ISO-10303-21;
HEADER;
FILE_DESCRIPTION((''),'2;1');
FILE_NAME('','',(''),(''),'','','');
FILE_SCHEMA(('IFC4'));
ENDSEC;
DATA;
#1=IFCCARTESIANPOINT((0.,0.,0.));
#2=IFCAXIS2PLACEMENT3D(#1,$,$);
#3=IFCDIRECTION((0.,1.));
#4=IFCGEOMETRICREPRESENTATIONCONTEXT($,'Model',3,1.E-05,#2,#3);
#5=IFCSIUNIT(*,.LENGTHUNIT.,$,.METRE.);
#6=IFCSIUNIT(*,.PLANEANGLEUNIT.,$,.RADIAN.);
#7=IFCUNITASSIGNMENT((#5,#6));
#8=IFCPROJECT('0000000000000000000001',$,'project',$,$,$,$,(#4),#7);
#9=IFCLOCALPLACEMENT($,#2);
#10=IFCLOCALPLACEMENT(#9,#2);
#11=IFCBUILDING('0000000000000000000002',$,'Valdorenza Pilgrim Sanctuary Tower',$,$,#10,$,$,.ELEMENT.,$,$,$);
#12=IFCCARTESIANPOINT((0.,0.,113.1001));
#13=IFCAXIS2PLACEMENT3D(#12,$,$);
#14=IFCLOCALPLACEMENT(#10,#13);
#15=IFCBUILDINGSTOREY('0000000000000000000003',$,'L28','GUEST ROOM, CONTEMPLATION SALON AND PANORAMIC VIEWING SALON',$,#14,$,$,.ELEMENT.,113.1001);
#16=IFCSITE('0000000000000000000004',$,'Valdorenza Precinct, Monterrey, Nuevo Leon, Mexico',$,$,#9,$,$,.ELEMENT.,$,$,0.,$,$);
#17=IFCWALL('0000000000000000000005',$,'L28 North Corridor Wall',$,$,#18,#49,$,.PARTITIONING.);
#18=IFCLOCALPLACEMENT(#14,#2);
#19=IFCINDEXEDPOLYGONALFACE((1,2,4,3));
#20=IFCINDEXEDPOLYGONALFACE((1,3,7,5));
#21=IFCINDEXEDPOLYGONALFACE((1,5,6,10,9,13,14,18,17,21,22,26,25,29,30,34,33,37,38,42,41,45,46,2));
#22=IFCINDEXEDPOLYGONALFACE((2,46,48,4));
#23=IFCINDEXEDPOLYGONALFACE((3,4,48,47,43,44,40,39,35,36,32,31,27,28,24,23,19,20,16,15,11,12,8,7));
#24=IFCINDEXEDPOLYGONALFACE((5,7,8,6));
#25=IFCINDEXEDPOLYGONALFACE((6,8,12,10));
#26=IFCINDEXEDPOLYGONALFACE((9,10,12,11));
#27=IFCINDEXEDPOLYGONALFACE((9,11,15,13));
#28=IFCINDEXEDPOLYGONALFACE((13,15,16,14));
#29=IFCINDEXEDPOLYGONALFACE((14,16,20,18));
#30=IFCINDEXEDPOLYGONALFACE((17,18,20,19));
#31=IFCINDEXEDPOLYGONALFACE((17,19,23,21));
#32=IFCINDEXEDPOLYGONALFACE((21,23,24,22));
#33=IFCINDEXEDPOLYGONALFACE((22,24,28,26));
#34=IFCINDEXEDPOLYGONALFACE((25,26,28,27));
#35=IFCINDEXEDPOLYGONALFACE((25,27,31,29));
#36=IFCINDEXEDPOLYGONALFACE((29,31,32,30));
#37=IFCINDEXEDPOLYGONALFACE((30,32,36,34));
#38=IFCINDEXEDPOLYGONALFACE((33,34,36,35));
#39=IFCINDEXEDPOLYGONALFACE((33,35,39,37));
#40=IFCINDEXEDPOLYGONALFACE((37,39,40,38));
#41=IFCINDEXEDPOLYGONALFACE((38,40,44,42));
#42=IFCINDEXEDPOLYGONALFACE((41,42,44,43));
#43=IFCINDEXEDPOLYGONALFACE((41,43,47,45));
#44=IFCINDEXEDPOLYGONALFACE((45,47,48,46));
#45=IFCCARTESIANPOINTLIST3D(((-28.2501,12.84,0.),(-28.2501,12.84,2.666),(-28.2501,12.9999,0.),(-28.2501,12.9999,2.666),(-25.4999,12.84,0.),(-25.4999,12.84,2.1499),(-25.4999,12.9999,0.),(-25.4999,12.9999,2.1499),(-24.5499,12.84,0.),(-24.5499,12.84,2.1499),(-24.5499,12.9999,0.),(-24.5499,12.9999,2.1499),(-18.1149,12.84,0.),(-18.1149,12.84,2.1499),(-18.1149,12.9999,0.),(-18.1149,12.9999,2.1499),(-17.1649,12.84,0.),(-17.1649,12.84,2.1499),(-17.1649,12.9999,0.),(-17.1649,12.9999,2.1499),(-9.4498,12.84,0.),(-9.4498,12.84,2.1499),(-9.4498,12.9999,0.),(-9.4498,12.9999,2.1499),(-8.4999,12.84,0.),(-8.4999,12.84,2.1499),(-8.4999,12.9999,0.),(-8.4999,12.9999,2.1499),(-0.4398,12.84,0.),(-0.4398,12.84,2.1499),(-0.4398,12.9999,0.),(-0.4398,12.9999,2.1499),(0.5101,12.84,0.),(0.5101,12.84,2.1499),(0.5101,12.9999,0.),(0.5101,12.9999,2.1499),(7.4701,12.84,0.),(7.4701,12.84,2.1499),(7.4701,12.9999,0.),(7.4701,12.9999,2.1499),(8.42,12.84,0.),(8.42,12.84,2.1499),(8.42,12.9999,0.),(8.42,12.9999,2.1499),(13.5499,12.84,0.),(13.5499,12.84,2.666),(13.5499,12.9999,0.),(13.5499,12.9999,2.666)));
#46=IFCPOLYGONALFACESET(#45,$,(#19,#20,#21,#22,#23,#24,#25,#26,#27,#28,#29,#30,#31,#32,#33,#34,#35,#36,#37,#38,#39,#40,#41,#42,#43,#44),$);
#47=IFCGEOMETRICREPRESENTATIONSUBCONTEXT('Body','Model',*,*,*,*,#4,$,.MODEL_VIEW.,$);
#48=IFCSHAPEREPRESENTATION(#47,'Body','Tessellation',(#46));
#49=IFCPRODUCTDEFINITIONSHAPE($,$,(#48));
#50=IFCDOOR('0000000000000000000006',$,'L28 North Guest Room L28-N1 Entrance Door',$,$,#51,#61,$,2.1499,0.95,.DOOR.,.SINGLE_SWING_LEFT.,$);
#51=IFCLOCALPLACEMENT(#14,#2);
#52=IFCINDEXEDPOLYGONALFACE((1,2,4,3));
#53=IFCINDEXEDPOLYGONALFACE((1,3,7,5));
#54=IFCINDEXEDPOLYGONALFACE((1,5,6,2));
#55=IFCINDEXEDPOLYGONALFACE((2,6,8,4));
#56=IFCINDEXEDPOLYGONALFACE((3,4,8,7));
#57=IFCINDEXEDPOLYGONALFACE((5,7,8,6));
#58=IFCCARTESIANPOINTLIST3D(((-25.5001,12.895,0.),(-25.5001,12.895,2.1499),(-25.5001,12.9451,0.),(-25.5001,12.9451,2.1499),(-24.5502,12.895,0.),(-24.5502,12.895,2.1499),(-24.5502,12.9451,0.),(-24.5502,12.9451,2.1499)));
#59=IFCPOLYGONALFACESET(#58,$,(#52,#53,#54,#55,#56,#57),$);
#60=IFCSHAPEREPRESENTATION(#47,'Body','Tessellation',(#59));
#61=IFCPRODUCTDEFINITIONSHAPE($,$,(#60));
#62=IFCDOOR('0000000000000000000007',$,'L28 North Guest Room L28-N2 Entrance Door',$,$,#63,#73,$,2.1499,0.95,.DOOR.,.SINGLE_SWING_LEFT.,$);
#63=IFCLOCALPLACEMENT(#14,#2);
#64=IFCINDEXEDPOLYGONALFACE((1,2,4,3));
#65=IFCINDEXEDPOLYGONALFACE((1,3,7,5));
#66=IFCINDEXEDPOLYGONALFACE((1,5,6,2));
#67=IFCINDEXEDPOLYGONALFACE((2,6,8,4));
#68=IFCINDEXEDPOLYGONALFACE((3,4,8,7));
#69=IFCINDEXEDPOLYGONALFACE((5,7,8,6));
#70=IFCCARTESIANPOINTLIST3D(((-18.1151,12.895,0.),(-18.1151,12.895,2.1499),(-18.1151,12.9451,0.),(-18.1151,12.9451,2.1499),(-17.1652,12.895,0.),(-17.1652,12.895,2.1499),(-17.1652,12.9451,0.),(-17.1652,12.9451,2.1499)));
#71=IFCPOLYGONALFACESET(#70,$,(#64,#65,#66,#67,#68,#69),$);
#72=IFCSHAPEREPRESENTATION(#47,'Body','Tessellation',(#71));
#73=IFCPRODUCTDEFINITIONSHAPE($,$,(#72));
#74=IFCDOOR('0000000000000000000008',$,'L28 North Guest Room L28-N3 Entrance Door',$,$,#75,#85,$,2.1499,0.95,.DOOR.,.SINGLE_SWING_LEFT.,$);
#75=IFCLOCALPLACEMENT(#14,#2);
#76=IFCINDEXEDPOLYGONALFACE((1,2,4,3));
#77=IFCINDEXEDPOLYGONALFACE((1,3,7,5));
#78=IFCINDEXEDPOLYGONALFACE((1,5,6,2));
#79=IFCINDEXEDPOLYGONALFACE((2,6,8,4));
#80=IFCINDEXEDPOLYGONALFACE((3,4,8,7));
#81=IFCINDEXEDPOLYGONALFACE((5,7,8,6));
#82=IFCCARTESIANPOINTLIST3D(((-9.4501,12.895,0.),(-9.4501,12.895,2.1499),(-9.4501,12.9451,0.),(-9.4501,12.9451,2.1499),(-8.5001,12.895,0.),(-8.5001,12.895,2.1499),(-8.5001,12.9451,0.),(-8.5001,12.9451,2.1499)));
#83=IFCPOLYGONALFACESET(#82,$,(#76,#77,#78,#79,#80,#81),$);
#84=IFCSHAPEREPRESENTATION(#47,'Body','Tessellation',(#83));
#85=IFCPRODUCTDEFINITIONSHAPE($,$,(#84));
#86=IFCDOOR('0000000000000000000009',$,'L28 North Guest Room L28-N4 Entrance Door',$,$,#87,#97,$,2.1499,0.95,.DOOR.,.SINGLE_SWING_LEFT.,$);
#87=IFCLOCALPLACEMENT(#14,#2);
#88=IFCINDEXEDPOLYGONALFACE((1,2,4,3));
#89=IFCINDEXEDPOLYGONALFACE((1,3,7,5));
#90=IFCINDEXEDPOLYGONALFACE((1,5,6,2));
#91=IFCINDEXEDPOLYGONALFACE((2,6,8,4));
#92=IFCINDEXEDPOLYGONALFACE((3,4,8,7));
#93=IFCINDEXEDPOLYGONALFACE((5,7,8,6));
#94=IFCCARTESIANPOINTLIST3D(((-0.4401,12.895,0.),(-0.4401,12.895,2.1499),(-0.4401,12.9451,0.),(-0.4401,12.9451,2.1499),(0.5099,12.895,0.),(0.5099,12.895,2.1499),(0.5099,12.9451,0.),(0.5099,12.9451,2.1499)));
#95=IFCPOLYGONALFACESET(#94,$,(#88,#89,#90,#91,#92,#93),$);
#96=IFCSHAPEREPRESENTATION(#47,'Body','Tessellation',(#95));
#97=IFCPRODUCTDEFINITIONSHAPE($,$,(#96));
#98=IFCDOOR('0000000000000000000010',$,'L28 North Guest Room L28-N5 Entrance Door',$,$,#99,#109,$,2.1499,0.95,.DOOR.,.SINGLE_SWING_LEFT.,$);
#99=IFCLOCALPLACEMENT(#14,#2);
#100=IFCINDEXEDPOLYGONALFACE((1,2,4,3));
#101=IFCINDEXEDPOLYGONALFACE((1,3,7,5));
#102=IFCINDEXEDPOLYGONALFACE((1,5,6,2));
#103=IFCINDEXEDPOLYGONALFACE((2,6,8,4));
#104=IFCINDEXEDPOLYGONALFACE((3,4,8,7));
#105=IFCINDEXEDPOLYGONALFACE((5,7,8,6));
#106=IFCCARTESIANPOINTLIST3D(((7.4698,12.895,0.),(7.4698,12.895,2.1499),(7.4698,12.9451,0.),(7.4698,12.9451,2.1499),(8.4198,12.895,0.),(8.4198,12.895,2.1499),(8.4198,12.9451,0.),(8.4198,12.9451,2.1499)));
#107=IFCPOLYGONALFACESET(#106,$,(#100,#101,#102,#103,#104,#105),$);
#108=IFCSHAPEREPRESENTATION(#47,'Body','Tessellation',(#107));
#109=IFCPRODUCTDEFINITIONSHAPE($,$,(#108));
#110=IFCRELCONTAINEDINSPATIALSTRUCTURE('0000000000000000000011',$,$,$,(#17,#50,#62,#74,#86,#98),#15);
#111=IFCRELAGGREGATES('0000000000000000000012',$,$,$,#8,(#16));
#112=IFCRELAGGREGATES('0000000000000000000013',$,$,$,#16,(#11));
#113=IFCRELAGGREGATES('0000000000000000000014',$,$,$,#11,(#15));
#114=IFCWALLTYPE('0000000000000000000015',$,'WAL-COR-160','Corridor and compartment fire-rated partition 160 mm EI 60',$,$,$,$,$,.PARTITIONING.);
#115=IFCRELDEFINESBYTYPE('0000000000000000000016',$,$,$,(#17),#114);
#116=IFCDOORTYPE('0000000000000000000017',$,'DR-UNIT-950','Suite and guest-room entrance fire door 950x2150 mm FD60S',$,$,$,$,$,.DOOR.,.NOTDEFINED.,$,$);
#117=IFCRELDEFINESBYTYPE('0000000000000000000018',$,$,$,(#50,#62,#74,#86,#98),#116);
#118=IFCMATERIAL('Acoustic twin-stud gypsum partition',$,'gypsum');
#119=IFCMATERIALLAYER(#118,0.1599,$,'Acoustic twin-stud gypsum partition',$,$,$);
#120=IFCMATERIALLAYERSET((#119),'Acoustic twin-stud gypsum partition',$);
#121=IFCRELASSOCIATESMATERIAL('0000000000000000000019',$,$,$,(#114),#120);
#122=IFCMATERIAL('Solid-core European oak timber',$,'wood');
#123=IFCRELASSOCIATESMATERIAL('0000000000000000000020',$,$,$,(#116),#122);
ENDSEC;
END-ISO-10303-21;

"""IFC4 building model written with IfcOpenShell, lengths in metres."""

from ifc_helpers import new_model, si_unit, direction, frame, frame_2d, origin, place, context, subcontext, project, spatial, rectangle, extrude, material, layer, layer_set, type_object, element, fill, save


model = new_model("IFC4")

# Units and contexts
model_context = context("Model", 3, precision=1e-05, world=origin(), true_north=direction((0.0, 1.0)))
body_context = subcontext(model_context, "Body", "Model", "MODEL_VIEW")
ifc_project = project(units=[si_unit("LENGTHUNIT", "METRE"), si_unit("PLANEANGLEUNIT", "RADIAN")], contexts=[model_context])

# Site, building, storey
site_placement = place(None, origin())
site = spatial("IfcSite", under=ifc_project, at=site_placement, Name="Valdorenza Precinct, Monterrey, Nuevo Leon, Mexico", CompositionType="ELEMENT", RefElevation=0.0)
building_placement = place(site_placement, origin())
building = spatial("IfcBuilding", under=site, at=building_placement, Name="Valdorenza Pilgrim Sanctuary Tower", CompositionType="ELEMENT")
storey_placement = place(building_placement, frame((0.0, 0.0, 113.1001)))
storey = spatial("IfcBuildingStorey", under=building, at=storey_placement, Name="L28", Description="GUEST ROOM, CONTEMPLATION SALON AND PANORAMIC VIEWING SALON", CompositionType="ELEMENT", Elevation=113.1001)

# Shared definitions
ifc_material_1 = material(Name="Acoustic twin-stud gypsum partition", Category="gypsum")
ifc_layer_1 = layer(ifc_material_1, 0.1599, Name="Acoustic twin-stud gypsum partition")
ifc_layer_set_1 = layer_set([ifc_layer_1], Name="Acoustic twin-stud gypsum partition")
wall_type = type_object("IfcWallType", Name="WAL-COR-160", Description="Corridor and compartment fire-rated partition 160 mm EI 60", PredefinedType="PARTITIONING", material=ifc_layer_set_1)

# Wall, openings, doors
wall_1_placement = place(storey_placement, frame((-28.25, 12.9199, 0.0), z_axis=(0.0, 0.0, 1.0), x_axis=(1.0, 0.0, 0.0)))
wall_1 = element("IfcWall", 1, at=wall_1_placement, inside=storey, type_object=wall_type, Name="L28 North Corridor Wall", PredefinedType="PARTITIONING", context=body_context, shape_type="SweptSolid", body=[
    extrude(rectangle(XDim=41.8, YDim=0.1599, at=frame_2d((20.8999, 0.0))), origin(), (0.0, 0.0, 1.0), 2.666),
])
opening_1_placement = place(wall_1_placement, frame((2.75, 0.0, 0.0)))
opening_1 = element("IfcOpeningElement", 2, at=opening_1_placement, cuts=wall_1, PredefinedType="OPENING", context=body_context, shape_type="SweptSolid", body=[
    extrude(rectangle(XDim=0.95, YDim=2.1499, at=frame_2d((0.4751, 1.075))), frame((0.0, 0.0947, 0.0), z_axis=(0.0, -1.0, 0.0), x_axis=(1.0, 0.0, 0.0)), (0.0, 0.0, 1.0), 0.1897),
])
opening_2_placement = place(wall_1_placement, frame((10.135, 0.0, 0.0)))
opening_2 = element("IfcOpeningElement", 3, at=opening_2_placement, cuts=wall_1, PredefinedType="OPENING", context=body_context, shape_type="SweptSolid", body=[
    extrude(rectangle(XDim=0.95, YDim=2.1499, at=frame_2d((0.4751, 1.075))), frame((0.0, 0.0947, 0.0), z_axis=(0.0, -1.0, 0.0), x_axis=(1.0, 0.0, 0.0)), (0.0, 0.0, 1.0), 0.1897),
])
opening_3_placement = place(wall_1_placement, frame((18.8, 0.0, 0.0)))
opening_3 = element("IfcOpeningElement", 4, at=opening_3_placement, cuts=wall_1, PredefinedType="OPENING", context=body_context, shape_type="SweptSolid", body=[
    extrude(rectangle(XDim=0.95, YDim=2.1499, at=frame_2d((0.4751, 1.075))), frame((0.0, 0.0947, 0.0), z_axis=(0.0, -1.0, 0.0), x_axis=(1.0, 0.0, 0.0)), (0.0, 0.0, 1.0), 0.1897),
])
opening_4_placement = place(wall_1_placement, frame((27.8101, 0.0, 0.0)))
opening_4 = element("IfcOpeningElement", 5, at=opening_4_placement, cuts=wall_1, PredefinedType="OPENING", context=body_context, shape_type="SweptSolid", body=[
    extrude(rectangle(XDim=0.95, YDim=2.1499, at=frame_2d((0.4751, 1.075))), frame((0.0, 0.0947, 0.0), z_axis=(0.0, -1.0, 0.0), x_axis=(1.0, 0.0, 0.0)), (0.0, 0.0, 1.0), 0.1897),
])
opening_5_placement = place(wall_1_placement, frame((35.72, 0.0, 0.0)))
opening_5 = element("IfcOpeningElement", 6, at=opening_5_placement, cuts=wall_1, PredefinedType="OPENING", context=body_context, shape_type="SweptSolid", body=[
    extrude(rectangle(XDim=0.95, YDim=2.1499, at=frame_2d((0.4751, 1.075))), frame((0.0, 0.0947, 0.0), z_axis=(0.0, -1.0, 0.0), x_axis=(1.0, 0.0, 0.0)), (0.0, 0.0, 1.0), 0.1897),
])
ifc_material_2 = material(Name="Solid-core European oak timber", Category="wood")
door_type = type_object("IfcDoorType", Name="DR-UNIT-950", Description="Suite and guest-room entrance fire door 950x2150 mm FD60S", OperationType="NOTDEFINED", PredefinedType="DOOR", material=ifc_material_2)
door_1_placement = place(opening_1_placement, frame((0.95, 0.0, 0.0), z_axis=(0.0, 0.0, 1.0), x_axis=(-1.0, 0.0, 0.0)))
door_1 = element("IfcDoor", 7, at=door_1_placement, inside=storey, type_object=door_type, Name="L28 North Guest Room L28-N1 Entrance Door", OperationType="SINGLE_SWING_LEFT", OverallHeight=2.1499, OverallWidth=0.95, PredefinedType="DOOR", context=body_context, shape_type="SweptSolid", body=[
    extrude(rectangle(XDim=0.95, YDim=2.1499, at=frame_2d((0.4751, 1.075))), frame((0.0, 0.0249, 0.0), z_axis=(0.0, -1.0, 0.0), x_axis=(1.0, 0.0, 0.0)), (0.0, 0.0, 1.0), 0.05),
])
fill(opening_1, door_1)
door_2_placement = place(opening_2_placement, frame((0.95, 0.0, 0.0), z_axis=(0.0, 0.0, 1.0), x_axis=(-1.0, 0.0, 0.0)))
door_2 = element("IfcDoor", 8, at=door_2_placement, inside=storey, type_object=door_type, Name="L28 North Guest Room L28-N2 Entrance Door", OperationType="SINGLE_SWING_LEFT", OverallHeight=2.1499, OverallWidth=0.95, PredefinedType="DOOR", context=body_context, shape_type="SweptSolid", body=[
    extrude(rectangle(XDim=0.95, YDim=2.1499, at=frame_2d((0.4751, 1.075))), frame((0.0, 0.0249, 0.0), z_axis=(0.0, -1.0, 0.0), x_axis=(1.0, 0.0, 0.0)), (0.0, 0.0, 1.0), 0.05),
])
fill(opening_2, door_2)
door_3_placement = place(opening_3_placement, frame((0.95, 0.0, 0.0), z_axis=(0.0, 0.0, 1.0), x_axis=(-1.0, 0.0, 0.0)))
door_3 = element("IfcDoor", 9, at=door_3_placement, inside=storey, type_object=door_type, Name="L28 North Guest Room L28-N3 Entrance Door", OperationType="SINGLE_SWING_LEFT", OverallHeight=2.1499, OverallWidth=0.95, PredefinedType="DOOR", context=body_context, shape_type="SweptSolid", body=[
    extrude(rectangle(XDim=0.95, YDim=2.1499, at=frame_2d((0.4751, 1.075))), frame((0.0, 0.0249, 0.0), z_axis=(0.0, -1.0, 0.0), x_axis=(1.0, 0.0, 0.0)), (0.0, 0.0, 1.0), 0.05),
])
fill(opening_3, door_3)
door_4_placement = place(opening_4_placement, frame((0.95, 0.0, 0.0), z_axis=(0.0, 0.0, 1.0), x_axis=(-1.0, 0.0, 0.0)))
door_4 = element("IfcDoor", 10, at=door_4_placement, inside=storey, type_object=door_type, Name="L28 North Guest Room L28-N4 Entrance Door", OperationType="SINGLE_SWING_LEFT", OverallHeight=2.1499, OverallWidth=0.95, PredefinedType="DOOR", context=body_context, shape_type="SweptSolid", body=[
    extrude(rectangle(XDim=0.95, YDim=2.1499, at=frame_2d((0.4751, 1.075))), frame((0.0, 0.0249, 0.0), z_axis=(0.0, -1.0, 0.0), x_axis=(1.0, 0.0, 0.0)), (0.0, 0.0, 1.0), 0.05),
])
fill(opening_4, door_4)
door_5_placement = place(opening_5_placement, frame((0.95, 0.0, 0.0), z_axis=(0.0, 0.0, 1.0), x_axis=(-1.0, 0.0, 0.0)))
door_5 = element("IfcDoor", 11, at=door_5_placement, inside=storey, type_object=door_type, Name="L28 North Guest Room L28-N5 Entrance Door", OperationType="SINGLE_SWING_LEFT", OverallHeight=2.1499, OverallWidth=0.95, PredefinedType="DOOR", context=body_context, shape_type="SweptSolid", body=[
    extrude(rectangle(XDim=0.95, YDim=2.1499, at=frame_2d((0.4751, 1.075))), frame((0.0, 0.0249, 0.0), z_axis=(0.0, -1.0, 0.0), x_axis=(1.0, 0.0, 0.0)), (0.0, 0.0, 1.0), 0.05),
])
fill(opening_5, door_5)

save(model, "model.ifc")
